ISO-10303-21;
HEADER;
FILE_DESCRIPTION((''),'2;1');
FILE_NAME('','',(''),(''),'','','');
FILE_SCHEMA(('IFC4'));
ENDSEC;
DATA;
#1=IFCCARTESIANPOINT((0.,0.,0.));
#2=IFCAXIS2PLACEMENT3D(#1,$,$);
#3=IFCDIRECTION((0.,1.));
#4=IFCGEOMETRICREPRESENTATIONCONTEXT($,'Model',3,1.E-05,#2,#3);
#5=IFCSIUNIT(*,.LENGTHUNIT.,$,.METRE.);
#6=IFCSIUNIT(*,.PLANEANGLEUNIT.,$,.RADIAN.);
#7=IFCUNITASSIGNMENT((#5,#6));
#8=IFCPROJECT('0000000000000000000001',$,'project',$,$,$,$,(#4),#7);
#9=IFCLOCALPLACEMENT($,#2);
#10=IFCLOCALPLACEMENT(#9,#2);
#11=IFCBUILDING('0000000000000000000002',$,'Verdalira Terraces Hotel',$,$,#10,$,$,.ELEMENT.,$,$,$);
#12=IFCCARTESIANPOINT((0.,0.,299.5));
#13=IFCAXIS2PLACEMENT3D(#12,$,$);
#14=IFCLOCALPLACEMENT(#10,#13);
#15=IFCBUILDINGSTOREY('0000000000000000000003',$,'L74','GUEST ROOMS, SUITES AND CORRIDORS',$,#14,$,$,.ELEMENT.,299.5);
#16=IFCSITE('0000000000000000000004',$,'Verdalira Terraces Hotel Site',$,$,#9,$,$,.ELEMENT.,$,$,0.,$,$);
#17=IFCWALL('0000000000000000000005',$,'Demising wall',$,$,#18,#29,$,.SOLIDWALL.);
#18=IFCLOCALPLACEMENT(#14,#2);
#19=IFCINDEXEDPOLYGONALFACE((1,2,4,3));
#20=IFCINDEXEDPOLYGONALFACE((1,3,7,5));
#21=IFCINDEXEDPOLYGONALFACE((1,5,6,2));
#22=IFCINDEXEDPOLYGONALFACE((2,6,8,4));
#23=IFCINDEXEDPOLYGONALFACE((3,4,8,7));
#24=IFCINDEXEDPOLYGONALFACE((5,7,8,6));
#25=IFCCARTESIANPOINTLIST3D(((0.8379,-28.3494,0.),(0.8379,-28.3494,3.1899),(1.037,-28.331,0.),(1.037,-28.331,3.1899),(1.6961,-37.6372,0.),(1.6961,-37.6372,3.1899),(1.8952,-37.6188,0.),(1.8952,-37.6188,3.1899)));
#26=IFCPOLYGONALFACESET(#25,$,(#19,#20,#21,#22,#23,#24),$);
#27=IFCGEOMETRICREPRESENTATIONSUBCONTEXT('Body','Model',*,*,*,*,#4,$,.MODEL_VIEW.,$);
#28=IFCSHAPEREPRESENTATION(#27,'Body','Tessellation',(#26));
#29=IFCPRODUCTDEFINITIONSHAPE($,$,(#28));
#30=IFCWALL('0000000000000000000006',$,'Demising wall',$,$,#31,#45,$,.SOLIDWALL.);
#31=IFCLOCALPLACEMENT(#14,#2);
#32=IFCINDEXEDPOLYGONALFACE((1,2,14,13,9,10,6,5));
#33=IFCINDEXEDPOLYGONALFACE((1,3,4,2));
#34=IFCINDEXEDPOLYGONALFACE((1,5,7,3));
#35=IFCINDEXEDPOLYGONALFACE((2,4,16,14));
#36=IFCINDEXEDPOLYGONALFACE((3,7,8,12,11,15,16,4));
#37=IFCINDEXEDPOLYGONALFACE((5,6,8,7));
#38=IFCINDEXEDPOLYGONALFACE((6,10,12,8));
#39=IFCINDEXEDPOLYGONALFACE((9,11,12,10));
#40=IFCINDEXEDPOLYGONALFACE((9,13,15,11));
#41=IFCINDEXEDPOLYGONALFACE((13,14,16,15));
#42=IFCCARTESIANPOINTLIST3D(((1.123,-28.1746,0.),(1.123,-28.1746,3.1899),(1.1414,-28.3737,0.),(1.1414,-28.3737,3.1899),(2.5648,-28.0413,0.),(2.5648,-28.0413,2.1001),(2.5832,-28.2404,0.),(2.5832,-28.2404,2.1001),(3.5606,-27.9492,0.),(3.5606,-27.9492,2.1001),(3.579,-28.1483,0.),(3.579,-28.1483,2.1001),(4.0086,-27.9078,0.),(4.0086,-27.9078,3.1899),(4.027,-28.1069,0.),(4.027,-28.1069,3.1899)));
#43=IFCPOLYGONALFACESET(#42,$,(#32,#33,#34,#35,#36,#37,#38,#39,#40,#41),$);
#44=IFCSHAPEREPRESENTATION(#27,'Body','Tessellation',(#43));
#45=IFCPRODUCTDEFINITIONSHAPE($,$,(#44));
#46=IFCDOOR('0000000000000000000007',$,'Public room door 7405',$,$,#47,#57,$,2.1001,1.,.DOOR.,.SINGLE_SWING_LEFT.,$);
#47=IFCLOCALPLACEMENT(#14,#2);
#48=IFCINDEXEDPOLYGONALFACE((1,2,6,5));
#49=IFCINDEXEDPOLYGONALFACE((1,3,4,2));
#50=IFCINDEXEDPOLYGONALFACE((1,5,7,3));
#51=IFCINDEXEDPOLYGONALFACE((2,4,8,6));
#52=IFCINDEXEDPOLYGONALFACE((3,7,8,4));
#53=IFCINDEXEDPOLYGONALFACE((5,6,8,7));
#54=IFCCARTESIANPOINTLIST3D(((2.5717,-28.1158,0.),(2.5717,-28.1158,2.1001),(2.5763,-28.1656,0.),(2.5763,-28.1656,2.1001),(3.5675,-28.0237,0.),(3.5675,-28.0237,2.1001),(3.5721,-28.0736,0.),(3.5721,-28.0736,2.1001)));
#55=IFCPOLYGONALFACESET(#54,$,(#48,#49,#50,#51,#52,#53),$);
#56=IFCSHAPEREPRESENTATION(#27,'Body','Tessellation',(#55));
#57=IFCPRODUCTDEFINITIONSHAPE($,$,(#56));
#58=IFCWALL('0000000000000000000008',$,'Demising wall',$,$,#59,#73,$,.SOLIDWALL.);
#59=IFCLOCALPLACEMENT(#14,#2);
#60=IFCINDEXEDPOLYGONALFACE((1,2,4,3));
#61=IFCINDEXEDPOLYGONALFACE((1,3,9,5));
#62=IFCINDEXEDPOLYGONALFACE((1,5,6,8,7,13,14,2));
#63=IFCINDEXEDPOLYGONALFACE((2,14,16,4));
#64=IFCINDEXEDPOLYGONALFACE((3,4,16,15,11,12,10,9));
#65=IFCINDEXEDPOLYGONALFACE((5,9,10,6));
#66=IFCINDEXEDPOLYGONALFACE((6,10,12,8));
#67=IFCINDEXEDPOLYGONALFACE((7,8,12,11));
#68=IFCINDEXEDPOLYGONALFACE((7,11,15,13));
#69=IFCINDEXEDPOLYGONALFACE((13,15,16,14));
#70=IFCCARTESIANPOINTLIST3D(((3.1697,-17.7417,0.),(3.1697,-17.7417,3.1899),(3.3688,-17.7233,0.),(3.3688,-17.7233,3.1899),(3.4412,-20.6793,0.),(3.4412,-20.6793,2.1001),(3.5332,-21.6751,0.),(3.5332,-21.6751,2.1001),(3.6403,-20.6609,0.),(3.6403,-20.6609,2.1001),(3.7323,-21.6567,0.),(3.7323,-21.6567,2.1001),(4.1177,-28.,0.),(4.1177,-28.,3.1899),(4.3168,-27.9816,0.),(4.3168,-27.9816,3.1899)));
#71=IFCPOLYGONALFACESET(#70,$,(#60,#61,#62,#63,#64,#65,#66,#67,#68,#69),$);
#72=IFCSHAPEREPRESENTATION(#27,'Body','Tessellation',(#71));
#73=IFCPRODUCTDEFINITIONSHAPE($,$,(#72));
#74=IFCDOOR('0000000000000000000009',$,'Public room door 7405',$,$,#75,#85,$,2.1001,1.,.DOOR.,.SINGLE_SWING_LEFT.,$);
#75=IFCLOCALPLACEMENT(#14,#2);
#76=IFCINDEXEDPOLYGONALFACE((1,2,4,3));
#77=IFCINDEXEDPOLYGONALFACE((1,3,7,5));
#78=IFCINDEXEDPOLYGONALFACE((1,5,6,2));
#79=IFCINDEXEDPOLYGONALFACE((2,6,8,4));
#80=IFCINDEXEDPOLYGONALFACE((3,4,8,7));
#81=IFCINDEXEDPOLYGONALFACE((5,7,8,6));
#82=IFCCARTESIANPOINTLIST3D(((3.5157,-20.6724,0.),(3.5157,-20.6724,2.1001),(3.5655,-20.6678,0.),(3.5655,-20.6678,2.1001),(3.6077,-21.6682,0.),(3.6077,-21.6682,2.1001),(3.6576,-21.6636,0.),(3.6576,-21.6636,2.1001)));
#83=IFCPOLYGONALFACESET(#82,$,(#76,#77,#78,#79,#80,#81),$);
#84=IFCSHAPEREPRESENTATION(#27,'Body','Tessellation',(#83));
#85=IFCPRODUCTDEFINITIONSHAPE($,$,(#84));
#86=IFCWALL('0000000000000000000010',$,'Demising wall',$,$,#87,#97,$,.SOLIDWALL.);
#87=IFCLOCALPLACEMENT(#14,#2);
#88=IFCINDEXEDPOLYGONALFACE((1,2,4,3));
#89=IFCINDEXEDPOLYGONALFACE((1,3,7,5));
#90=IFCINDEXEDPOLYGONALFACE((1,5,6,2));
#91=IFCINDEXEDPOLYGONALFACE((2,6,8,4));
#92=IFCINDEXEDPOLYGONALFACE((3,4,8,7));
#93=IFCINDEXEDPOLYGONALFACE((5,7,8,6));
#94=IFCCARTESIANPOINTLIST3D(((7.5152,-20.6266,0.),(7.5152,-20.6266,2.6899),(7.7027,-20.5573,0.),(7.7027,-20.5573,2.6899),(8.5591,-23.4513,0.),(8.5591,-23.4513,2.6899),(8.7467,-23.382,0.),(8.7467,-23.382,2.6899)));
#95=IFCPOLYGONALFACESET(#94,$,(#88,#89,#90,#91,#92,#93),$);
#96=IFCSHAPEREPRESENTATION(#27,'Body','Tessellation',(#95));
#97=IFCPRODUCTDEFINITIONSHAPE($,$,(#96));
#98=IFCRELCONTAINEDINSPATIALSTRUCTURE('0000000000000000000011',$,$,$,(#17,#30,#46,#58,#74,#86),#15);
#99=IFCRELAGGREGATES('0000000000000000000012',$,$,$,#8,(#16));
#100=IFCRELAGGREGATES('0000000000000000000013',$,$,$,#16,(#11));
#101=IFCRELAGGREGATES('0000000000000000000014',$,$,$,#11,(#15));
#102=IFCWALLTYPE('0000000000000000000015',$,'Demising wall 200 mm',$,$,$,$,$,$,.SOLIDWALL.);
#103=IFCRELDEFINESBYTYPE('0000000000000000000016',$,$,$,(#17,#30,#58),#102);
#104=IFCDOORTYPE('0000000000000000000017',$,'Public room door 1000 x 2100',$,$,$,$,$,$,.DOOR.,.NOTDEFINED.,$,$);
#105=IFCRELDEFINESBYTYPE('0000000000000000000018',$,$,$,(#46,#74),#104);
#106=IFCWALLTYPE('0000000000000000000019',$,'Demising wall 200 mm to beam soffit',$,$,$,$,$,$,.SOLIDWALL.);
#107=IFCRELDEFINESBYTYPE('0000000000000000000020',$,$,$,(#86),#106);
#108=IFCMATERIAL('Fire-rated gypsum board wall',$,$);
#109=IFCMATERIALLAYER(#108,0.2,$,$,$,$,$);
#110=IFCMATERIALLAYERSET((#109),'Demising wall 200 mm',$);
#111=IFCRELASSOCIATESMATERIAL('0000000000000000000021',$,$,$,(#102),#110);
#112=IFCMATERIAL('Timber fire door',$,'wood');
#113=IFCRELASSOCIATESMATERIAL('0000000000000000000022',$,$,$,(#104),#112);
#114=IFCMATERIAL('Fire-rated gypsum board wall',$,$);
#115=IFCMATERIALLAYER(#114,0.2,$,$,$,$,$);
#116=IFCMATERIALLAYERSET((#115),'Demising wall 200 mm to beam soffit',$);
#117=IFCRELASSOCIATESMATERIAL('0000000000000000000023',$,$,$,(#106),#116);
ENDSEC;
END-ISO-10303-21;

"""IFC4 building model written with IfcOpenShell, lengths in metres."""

from ifc_helpers import new_model, si_unit, direction, frame, frame_2d, origin, place, context, subcontext, project, spatial, rectangle, extrude, material, layer, layer_set, type_object, element, fill, save


model = new_model("IFC4")

# Units and contexts
model_context = context("Model", 3, precision=1e-05, world=origin(), true_north=direction((0.0, 1.0)))
body_context = subcontext(model_context, "Body", "Model", "MODEL_VIEW")
ifc_project = project(units=[si_unit("LENGTHUNIT", "METRE"), si_unit("PLANEANGLEUNIT", "RADIAN")], contexts=[model_context])

# Site, building, storey
site_placement = place(None, origin())
site = spatial("IfcSite", under=ifc_project, at=site_placement, Name="Verdalira Terraces Hotel Site", CompositionType="ELEMENT", RefElevation=0.0)
building_placement = place(site_placement, origin())
building = spatial("IfcBuilding", under=site, at=building_placement, Name="Verdalira Terraces Hotel", CompositionType="ELEMENT")
storey_placement = place(building_placement, frame((0.0, 0.0, 299.5)))
storey = spatial("IfcBuildingStorey", under=building, at=storey_placement, Name="L74", Description="GUEST ROOMS, SUITES AND CORRIDORS", CompositionType="ELEMENT", Elevation=299.5)

# Shared definitions
ifc_material_1 = material(Name="Fire-rated gypsum board wall")
ifc_layer_1 = layer(ifc_material_1, 0.2)
ifc_layer_set_1 = layer_set([ifc_layer_1], Name="Demising wall 200 mm")
wall_type_1 = type_object("IfcWallType", Name="Demising wall 200 mm", PredefinedType="SOLIDWALL", material=ifc_layer_set_1)
ifc_material_2 = material(Name="Timber fire door", Category="wood")
door_type_1 = type_object("IfcDoorType", Name="Public room door 1000 x 2100", OperationType="NOTDEFINED", PredefinedType="DOOR", material=ifc_material_2)

# Wall
wall_1_placement = place(storey_placement, frame((0.9375, -28.3403, 0.0), z_axis=(0.0, 0.0, 1.0), x_axis=(0.092004, -0.995759, 0.0)))
element("IfcWall", 1, at=wall_1_placement, inside=storey, type_object=wall_type_1, Name="Demising wall", PredefinedType="SOLIDWALL", context=body_context, shape_type="SweptSolid", body=[
    extrude(rectangle(XDim=9.3274, YDim=0.2, at=frame_2d((4.6636, 0.0))), origin(), (0.0, 0.0, 1.0), 3.1899),
])

# Walls, openings, doors
wall_2_placement = place(storey_placement, frame((4.0178, -28.0073, 0.0), z_axis=(0.0, 0.0, 1.0), x_axis=(-0.995752, -0.092078, 0.0)))
wall_2 = element("IfcWall", 2, at=wall_2_placement, inside=storey, type_object=wall_type_1, Name="Demising wall", PredefinedType="SOLIDWALL", context=body_context, shape_type="SweptSolid", body=[
    extrude(rectangle(XDim=2.8979, YDim=0.2, at=frame_2d((1.449, 0.0))), origin(), (0.0, 0.0, 1.0), 3.1899),
])
opening_1_placement = place(wall_2_placement, frame((0.45, 0.0, 0.0)))
opening_1 = element("IfcOpeningElement", 3, at=opening_1_placement, cuts=wall_2, PredefinedType="OPENING", context=body_context, shape_type="SweptSolid", body=[
    extrude(rectangle(XDim=1.0, YDim=2.1001, at=frame_2d((0.5, 1.05))), frame((0.0, 0.1099, 0.0), z_axis=(0.0, -1.0, 0.0), x_axis=(1.0, 0.0, 0.0)), (0.0, 0.0, 1.0), 0.22),
])
door_1_placement = place(opening_1_placement, origin())
door_1 = element("IfcDoor", 4, at=door_1_placement, inside=storey, type_object=door_type_1, Name="Public room door 7405", OperationType="SINGLE_SWING_LEFT", OverallHeight=2.1001, OverallWidth=1.0, PredefinedType="DOOR", context=body_context, shape_type="SweptSolid", body=[
    extrude(rectangle(XDim=1.0, YDim=2.1001, at=frame_2d((0.5, 1.05))), frame((0.0, 0.0249, 0.0), z_axis=(0.0, -1.0, 0.0), x_axis=(1.0, 0.0, 0.0)), (0.0, 0.0, 1.0), 0.05),
])
fill(opening_1, door_1)
wall_3_placement = place(storey_placement, frame((3.2693, -17.7327, 0.0), z_axis=(0.0, 0.0, 1.0), x_axis=(0.092021, -0.995757, 0.0)))
wall_3 = element("IfcWall", 5, at=wall_3_placement, inside=storey, type_object=wall_type_1, Name="Demising wall", PredefinedType="SOLIDWALL", context=body_context, shape_type="SweptSolid", body=[
    extrude(rectangle(XDim=10.302, YDim=0.2, at=frame_2d((5.1509, 0.0))), origin(), (0.0, 0.0, 1.0), 3.1899),
])
opening_2_placement = place(wall_3_placement, frame((2.95, 0.0, 0.0)))
opening_2 = element("IfcOpeningElement", 6, at=opening_2_placement, cuts=wall_3, PredefinedType="OPENING", context=body_context, shape_type="SweptSolid", body=[
    extrude(rectangle(XDim=1.0, YDim=2.1001, at=frame_2d((0.5, 1.05))), frame((0.0, 0.1099, 0.0), z_axis=(0.0, -1.0, 0.0), x_axis=(1.0, 0.0, 0.0)), (0.0, 0.0, 1.0), 0.22),
])
door_2_placement = place(opening_2_placement, origin())
door_2 = element("IfcDoor", 7, at=door_2_placement, inside=storey, type_object=door_type_1, Name="Public room door 7405", OperationType="SINGLE_SWING_LEFT", OverallHeight=2.1001, OverallWidth=1.0, PredefinedType="DOOR", context=body_context, shape_type="SweptSolid", body=[
    extrude(rectangle(XDim=1.0, YDim=2.1001, at=frame_2d((0.5, 1.05))), frame((0.0, 0.0249, 0.0), z_axis=(0.0, -1.0, 0.0), x_axis=(1.0, 0.0, 0.0)), (0.0, 0.0, 1.0), 0.05),
])
fill(opening_2, door_2)

# Wall
ifc_material_3 = material(Name="Fire-rated gypsum board wall")
ifc_layer_2 = layer(ifc_material_3, 0.2)
ifc_layer_set_2 = layer_set([ifc_layer_2], Name="Demising wall 200 mm to beam soffit")
wall_type_2 = type_object("IfcWallType", Name="Demising wall 200 mm to beam soffit", PredefinedType="SOLIDWALL", material=ifc_layer_set_2)
wall_4_placement = place(storey_placement, frame((7.6089, -20.5918, 0.0), z_axis=(0.0, 0.0, 1.0), x_axis=(0.346659, -0.937991, 0.0)))
element("IfcWall", 8, at=wall_4_placement, inside=storey, type_object=wall_type_2, Name="Demising wall", PredefinedType="SOLIDWALL", context=body_context, shape_type="SweptSolid", body=[
    extrude(rectangle(XDim=3.0115, YDim=0.2, at=frame_2d((1.5059, 0.0))), origin(), (0.0, 0.0, 1.0), 2.6899),
])

save(model, "model.ifc")
